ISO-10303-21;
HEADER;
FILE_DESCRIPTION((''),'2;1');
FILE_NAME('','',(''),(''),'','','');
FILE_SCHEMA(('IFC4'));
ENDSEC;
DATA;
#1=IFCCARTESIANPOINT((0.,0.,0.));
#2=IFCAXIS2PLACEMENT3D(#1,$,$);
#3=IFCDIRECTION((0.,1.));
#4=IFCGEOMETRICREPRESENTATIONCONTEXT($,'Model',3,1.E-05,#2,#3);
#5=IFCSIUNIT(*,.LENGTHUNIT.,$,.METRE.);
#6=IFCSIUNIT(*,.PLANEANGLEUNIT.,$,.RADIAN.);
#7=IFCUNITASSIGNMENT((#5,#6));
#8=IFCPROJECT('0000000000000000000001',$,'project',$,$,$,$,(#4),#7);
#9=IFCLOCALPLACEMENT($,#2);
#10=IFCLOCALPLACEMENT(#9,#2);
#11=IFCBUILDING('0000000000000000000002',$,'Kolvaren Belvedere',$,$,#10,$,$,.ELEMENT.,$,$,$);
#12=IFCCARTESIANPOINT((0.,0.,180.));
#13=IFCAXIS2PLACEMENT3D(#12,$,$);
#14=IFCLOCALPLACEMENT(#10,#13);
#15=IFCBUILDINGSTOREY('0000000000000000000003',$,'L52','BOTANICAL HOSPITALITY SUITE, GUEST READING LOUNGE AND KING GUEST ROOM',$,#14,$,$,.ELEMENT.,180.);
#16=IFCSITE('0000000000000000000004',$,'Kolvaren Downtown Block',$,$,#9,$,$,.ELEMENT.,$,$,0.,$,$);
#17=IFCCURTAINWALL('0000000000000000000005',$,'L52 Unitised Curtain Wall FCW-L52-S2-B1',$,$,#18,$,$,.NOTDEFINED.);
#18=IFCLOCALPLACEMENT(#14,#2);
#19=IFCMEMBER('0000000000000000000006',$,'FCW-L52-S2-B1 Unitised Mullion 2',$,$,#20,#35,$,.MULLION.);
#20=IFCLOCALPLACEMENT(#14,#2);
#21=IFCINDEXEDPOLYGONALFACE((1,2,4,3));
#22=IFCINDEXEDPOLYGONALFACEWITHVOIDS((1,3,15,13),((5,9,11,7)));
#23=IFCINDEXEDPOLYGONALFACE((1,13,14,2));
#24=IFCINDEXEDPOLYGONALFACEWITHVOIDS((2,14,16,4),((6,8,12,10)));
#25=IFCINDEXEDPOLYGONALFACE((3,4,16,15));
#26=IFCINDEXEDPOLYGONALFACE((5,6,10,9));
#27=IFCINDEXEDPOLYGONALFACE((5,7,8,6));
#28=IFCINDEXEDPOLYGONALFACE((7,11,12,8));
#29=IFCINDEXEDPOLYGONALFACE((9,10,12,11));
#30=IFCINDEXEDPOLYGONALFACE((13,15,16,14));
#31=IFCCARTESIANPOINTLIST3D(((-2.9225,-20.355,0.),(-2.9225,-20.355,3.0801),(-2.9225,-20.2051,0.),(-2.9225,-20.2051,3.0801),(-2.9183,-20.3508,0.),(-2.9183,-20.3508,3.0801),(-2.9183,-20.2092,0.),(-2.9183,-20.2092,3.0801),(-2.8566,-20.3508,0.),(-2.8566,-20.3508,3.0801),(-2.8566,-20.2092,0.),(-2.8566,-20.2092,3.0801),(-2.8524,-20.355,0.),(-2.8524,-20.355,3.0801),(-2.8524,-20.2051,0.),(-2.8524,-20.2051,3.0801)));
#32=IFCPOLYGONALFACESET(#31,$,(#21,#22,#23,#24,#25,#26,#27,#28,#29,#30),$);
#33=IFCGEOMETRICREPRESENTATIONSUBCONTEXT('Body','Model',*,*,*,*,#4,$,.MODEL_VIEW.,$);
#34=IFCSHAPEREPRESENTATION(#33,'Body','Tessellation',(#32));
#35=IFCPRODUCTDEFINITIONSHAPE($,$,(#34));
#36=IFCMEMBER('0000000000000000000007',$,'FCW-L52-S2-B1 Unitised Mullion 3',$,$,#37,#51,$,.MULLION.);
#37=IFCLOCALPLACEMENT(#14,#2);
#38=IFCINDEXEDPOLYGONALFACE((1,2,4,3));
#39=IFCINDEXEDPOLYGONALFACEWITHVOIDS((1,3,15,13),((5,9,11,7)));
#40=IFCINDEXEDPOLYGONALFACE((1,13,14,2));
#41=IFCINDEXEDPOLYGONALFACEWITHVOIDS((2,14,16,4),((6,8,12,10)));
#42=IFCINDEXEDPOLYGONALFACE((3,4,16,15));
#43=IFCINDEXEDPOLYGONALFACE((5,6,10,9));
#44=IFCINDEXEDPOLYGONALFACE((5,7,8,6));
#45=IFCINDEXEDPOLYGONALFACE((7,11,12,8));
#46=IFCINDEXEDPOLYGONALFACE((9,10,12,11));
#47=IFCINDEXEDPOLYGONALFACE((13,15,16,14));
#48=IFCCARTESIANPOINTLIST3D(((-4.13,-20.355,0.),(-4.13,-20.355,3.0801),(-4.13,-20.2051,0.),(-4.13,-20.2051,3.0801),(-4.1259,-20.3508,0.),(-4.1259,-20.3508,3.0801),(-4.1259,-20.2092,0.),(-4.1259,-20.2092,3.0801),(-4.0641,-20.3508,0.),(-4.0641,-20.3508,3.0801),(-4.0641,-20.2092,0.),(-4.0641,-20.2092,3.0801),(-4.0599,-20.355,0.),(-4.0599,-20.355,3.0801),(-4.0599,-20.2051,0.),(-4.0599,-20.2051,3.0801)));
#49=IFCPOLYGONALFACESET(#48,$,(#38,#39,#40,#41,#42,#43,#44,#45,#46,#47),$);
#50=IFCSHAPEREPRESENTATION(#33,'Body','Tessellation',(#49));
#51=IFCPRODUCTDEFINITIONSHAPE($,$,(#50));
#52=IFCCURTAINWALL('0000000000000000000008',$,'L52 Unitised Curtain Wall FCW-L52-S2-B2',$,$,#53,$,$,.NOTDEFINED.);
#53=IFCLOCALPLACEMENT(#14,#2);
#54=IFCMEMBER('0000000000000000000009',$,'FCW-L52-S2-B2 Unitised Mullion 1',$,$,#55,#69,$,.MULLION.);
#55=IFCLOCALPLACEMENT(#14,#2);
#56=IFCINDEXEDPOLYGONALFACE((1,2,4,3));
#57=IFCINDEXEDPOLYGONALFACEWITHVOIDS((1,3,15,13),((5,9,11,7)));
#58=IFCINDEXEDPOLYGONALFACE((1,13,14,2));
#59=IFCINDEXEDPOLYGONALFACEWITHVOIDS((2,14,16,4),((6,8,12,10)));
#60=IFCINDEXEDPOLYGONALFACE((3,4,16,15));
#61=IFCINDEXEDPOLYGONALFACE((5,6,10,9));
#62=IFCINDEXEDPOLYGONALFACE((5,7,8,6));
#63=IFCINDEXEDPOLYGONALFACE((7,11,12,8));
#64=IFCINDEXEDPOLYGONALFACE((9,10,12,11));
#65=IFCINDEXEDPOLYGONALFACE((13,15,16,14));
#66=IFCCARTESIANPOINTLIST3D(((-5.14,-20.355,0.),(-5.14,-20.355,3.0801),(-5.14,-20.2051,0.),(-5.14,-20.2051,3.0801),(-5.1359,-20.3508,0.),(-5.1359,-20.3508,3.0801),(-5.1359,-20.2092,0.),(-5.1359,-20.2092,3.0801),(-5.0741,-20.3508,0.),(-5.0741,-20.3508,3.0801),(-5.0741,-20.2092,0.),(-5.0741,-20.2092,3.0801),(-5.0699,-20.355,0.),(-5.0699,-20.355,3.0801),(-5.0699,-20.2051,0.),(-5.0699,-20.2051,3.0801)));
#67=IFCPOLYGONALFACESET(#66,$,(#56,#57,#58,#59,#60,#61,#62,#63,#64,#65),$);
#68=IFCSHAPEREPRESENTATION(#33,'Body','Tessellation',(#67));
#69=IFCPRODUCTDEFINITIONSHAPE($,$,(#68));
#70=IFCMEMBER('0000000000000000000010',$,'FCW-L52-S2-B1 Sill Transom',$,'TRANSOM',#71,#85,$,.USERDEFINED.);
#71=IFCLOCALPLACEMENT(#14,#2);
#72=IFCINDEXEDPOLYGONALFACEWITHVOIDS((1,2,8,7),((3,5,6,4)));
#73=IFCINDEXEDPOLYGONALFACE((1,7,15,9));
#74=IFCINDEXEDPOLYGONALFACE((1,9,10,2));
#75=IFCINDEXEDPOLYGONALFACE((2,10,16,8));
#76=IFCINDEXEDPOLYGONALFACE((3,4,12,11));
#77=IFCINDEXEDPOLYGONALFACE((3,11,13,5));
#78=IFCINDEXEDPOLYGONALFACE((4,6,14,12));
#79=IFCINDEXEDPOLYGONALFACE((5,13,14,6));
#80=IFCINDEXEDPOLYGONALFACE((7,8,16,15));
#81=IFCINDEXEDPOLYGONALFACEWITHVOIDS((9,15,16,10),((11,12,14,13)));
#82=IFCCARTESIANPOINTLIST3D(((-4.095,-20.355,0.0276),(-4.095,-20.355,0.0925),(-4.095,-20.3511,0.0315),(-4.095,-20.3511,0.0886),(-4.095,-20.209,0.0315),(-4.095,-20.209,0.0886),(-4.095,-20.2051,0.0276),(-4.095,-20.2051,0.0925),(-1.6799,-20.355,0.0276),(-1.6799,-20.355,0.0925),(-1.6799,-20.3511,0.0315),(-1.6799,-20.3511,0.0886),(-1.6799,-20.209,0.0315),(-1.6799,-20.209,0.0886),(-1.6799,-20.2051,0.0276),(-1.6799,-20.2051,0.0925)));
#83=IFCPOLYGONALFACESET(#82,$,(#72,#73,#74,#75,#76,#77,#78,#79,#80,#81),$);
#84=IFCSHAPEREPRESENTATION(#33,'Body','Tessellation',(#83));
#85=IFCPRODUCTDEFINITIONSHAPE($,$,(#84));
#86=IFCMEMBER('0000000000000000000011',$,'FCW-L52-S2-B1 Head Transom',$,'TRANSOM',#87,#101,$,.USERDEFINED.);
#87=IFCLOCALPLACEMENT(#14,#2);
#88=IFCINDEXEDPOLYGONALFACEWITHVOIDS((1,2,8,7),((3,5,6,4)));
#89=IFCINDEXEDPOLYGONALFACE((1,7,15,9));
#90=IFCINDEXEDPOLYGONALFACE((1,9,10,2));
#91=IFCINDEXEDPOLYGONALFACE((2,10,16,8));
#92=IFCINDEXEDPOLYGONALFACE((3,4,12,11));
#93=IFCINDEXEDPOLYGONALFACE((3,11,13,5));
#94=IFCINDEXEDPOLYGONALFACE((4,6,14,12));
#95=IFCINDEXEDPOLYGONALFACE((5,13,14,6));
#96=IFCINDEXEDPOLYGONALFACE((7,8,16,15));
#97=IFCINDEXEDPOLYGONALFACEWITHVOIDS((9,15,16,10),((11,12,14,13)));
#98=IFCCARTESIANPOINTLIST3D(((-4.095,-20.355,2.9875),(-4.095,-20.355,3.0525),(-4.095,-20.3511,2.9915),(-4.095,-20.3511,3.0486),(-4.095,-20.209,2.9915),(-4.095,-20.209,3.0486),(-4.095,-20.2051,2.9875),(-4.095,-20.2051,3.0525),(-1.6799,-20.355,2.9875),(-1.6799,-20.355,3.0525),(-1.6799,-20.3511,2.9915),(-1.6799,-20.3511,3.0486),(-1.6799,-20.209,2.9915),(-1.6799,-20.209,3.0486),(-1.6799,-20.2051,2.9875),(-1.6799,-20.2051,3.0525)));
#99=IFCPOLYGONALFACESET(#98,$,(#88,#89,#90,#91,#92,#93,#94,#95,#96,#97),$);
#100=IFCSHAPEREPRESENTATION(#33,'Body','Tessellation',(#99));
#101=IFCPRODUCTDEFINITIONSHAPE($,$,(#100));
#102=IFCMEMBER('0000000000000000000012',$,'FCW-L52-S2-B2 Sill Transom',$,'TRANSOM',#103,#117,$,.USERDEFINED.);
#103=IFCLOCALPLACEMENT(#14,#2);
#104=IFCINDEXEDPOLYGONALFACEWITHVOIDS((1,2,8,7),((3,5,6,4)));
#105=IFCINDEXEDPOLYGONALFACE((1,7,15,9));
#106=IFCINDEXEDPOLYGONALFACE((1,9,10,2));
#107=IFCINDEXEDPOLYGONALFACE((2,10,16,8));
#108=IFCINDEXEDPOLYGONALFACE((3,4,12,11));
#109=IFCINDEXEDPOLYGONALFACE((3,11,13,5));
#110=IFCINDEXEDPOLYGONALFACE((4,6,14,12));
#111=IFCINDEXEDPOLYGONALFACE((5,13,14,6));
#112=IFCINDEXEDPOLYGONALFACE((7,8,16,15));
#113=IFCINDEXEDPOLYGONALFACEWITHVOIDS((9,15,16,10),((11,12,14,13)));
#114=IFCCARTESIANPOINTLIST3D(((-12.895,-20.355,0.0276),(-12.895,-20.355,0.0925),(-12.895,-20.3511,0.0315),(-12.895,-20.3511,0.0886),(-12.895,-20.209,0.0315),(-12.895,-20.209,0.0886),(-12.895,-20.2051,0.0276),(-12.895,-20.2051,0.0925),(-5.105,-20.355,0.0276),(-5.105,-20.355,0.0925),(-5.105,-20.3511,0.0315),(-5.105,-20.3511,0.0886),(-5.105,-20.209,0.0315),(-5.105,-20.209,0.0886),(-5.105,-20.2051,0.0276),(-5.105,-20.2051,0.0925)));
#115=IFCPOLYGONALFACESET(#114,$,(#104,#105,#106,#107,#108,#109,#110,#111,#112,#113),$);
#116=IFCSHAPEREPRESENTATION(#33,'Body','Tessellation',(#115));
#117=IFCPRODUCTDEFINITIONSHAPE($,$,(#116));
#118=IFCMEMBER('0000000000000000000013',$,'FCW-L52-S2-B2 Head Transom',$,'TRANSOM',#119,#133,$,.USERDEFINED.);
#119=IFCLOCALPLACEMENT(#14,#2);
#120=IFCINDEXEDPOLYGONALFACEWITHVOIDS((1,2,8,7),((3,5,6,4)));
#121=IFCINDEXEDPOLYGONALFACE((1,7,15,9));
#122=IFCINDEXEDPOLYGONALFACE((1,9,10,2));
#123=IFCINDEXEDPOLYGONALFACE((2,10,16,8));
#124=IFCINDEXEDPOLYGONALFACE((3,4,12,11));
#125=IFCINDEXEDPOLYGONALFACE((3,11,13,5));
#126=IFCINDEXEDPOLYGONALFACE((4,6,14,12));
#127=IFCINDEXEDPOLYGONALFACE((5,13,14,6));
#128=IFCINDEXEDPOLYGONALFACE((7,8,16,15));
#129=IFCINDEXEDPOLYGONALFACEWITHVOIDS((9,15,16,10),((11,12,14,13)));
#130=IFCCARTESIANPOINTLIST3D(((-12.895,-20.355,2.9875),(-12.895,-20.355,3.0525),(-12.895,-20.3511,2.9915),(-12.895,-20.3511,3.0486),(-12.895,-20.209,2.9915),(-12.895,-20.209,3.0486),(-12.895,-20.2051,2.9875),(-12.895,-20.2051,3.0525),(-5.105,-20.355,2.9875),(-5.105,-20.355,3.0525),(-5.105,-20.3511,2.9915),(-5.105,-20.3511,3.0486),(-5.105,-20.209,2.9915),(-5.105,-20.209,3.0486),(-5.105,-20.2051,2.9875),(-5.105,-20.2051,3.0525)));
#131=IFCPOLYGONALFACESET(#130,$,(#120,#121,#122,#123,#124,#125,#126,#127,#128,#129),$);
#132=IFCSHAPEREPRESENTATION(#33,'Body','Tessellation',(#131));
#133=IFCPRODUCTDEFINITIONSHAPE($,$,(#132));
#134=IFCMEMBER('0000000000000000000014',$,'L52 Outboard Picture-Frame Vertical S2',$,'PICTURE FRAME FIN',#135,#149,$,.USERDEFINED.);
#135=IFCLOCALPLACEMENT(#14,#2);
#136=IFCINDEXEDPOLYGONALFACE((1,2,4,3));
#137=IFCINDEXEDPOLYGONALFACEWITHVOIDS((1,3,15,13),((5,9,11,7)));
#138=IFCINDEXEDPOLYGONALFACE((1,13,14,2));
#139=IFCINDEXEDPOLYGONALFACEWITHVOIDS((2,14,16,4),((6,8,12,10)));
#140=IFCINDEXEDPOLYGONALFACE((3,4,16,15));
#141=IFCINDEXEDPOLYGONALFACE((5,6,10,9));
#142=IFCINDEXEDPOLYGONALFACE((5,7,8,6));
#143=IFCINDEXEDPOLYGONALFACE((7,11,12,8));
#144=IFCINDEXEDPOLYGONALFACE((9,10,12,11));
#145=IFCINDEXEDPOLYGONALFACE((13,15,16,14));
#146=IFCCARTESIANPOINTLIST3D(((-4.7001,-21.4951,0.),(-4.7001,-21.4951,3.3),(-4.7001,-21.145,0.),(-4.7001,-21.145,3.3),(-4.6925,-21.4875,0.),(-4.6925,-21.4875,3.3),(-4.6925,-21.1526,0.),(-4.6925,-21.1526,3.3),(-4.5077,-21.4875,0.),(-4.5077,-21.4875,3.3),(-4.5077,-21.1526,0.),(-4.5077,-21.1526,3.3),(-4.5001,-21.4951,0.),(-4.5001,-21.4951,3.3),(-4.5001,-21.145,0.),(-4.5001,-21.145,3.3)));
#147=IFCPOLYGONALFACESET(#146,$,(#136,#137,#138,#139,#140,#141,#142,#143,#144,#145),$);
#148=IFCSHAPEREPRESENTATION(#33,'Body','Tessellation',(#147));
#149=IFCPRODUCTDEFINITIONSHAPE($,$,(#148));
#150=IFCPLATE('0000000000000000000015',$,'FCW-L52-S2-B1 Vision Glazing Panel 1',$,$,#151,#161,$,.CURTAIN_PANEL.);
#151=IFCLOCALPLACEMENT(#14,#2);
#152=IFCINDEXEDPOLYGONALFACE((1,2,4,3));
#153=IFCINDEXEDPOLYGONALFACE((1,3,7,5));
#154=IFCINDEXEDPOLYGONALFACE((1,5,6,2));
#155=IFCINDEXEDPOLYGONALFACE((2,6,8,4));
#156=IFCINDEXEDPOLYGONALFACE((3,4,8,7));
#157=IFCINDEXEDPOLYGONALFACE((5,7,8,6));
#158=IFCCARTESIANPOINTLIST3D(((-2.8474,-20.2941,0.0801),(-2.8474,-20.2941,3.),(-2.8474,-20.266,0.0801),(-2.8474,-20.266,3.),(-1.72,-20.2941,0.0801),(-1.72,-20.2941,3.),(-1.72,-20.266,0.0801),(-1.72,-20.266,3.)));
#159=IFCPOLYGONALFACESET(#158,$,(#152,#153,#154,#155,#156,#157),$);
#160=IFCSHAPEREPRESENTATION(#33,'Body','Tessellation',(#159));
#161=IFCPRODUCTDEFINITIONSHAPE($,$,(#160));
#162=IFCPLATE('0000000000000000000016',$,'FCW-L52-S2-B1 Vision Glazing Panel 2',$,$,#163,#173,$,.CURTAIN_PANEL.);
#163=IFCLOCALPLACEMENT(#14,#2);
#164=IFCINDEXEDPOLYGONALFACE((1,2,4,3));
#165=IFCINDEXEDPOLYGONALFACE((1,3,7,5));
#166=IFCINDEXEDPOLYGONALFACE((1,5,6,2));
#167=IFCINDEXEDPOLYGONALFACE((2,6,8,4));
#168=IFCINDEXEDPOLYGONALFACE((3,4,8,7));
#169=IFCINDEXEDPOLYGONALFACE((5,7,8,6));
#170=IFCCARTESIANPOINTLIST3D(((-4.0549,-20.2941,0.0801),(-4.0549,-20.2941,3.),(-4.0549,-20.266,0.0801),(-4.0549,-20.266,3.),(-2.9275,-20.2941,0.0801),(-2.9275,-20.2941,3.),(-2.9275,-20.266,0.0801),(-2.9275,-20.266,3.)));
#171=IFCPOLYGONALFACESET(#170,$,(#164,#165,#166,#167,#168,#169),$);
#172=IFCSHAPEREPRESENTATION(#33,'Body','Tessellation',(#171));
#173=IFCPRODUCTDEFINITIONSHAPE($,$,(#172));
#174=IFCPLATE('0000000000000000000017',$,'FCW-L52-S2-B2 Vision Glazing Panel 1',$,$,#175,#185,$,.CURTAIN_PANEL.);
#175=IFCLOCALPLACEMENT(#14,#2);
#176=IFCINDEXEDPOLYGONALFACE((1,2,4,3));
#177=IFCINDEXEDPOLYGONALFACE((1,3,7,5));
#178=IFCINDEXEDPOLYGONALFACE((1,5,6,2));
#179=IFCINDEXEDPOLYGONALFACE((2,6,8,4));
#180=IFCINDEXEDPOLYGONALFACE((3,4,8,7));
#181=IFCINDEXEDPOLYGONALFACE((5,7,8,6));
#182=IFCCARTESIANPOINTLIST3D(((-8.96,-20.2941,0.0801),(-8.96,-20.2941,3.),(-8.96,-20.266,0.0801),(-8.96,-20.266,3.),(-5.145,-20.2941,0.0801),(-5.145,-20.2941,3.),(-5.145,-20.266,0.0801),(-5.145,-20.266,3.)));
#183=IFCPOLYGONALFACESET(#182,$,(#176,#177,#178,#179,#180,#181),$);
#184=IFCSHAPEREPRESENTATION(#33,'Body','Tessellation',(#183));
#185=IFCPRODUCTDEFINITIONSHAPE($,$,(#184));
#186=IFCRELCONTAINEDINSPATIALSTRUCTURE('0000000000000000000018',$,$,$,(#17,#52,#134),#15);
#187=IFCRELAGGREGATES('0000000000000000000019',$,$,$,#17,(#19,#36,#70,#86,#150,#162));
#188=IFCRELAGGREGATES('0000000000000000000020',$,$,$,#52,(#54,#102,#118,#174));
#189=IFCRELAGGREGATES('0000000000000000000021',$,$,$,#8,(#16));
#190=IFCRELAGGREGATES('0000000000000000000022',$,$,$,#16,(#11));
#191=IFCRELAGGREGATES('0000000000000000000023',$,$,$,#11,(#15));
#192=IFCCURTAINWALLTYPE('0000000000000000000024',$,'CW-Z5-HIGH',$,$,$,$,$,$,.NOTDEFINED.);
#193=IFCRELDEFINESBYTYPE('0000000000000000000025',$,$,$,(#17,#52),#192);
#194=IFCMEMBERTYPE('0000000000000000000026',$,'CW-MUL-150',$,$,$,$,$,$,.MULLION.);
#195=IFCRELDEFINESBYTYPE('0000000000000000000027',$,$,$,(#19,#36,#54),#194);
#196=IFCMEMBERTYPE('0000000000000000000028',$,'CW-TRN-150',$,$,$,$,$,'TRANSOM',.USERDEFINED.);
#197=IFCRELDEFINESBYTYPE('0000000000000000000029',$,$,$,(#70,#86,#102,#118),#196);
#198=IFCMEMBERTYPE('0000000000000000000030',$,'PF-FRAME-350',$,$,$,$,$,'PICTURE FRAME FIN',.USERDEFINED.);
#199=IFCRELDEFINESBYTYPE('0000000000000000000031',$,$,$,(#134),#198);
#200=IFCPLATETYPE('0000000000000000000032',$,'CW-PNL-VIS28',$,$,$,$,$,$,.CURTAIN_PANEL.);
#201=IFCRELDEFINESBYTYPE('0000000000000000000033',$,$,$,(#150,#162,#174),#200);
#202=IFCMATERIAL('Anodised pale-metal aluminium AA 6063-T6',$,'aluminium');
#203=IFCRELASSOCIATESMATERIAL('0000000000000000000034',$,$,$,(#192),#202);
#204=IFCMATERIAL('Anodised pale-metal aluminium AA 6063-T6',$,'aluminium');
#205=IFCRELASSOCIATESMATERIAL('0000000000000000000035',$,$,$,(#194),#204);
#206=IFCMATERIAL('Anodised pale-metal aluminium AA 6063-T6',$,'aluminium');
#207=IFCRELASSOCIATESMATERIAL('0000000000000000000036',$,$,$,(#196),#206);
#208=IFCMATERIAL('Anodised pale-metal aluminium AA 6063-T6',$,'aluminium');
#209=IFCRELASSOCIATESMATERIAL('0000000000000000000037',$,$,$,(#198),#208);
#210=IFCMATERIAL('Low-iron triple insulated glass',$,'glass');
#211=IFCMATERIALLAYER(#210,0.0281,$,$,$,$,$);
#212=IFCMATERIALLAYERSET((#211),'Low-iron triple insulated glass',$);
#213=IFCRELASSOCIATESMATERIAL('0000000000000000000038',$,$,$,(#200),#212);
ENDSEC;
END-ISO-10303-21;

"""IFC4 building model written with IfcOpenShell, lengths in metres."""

from ifc_helpers import new_model, si_unit, direction, frame, origin, origin_2d, place, context, subcontext, project, spatial, rectangle, hollow_rectangle, extrude, material, layer, layer_set, material_profile, profile_set, type_object, element, aggregate, save


model = new_model("IFC4")

# Units and contexts
model_context = context("Model", 3, precision=1e-05, world=origin(), true_north=direction((0.0, 1.0)))
body_context = subcontext(model_context, "Body", "Model", "MODEL_VIEW")
ifc_project = project(units=[si_unit("LENGTHUNIT", "METRE"), si_unit("PLANEANGLEUNIT", "RADIAN")], contexts=[model_context])

# Site, building, storey
site_placement = place(None, origin())
site = spatial("IfcSite", under=ifc_project, at=site_placement, Name="Kolvaren Downtown Block", CompositionType="ELEMENT", RefElevation=0.0)
building_placement = place(site_placement, origin())
building = spatial("IfcBuilding", under=site, at=building_placement, Name="Kolvaren Belvedere", CompositionType="ELEMENT")
storey_placement = place(building_placement, frame((0.0, 0.0, 180.0)))
storey = spatial("IfcBuildingStorey", under=building, at=storey_placement, Name="L52", Description="BOTANICAL HOSPITALITY SUITE, GUEST READING LOUNGE AND KING GUEST ROOM", CompositionType="ELEMENT", Elevation=180.0)

# Curtain wall, members
ifc_material_1 = material(Name="Anodised pale-metal aluminium AA 6063-T6", Category="aluminium")
curtain_wall_type = type_object("IfcCurtainWallType", Name="CW-Z5-HIGH", PredefinedType="NOTDEFINED", material=ifc_material_1)
curtain_wall_1_placement = place(storey_placement, origin())
curtain_wall_1 = element("IfcCurtainWall", 1, at=curtain_wall_1_placement, inside=storey, type_object=curtain_wall_type, Name="L52 Unitised Curtain Wall FCW-L52-S2-B1", PredefinedType="NOTDEFINED")
ifc_material_2 = material(Name="Anodised pale-metal aluminium AA 6063-T6", Category="aluminium")
ifc_material_profile_1 = material_profile(ifc_material_2, hollow_rectangle(XDim=0.0701, YDim=0.1499, WallThickness=0.0042, at=origin_2d()), Name="ALU-MUL-150X70")
ifc_profile_set_1 = profile_set([ifc_material_profile_1], Name="Anodised pale-metal aluminium AA 6063-T6")
member_type_1 = type_object("IfcMemberType", Name="CW-MUL-150", PredefinedType="MULLION", material=ifc_profile_set_1)
member_1_placement = place(storey_placement, frame((-2.8875, -20.28, 0.0), z_axis=(0.0, 0.0, 1.0), x_axis=(1.0, 0.0, 0.0)))
member_1 = element("IfcMember", 2, at=member_1_placement, type_object=member_type_1, Name="FCW-L52-S2-B1 Unitised Mullion 2", PredefinedType="MULLION", context=body_context, shape_type="SweptSolid", body=[
    extrude(hollow_rectangle(XDim=0.0701, YDim=0.1499, WallThickness=0.0042, at=origin_2d()), origin(), (0.0, 0.0, 1.0), 3.0801),
])
member_2_placement = place(storey_placement, frame((-4.095, -20.28, 0.0), z_axis=(0.0, 0.0, 1.0), x_axis=(1.0, 0.0, 0.0)))
member_2 = element("IfcMember", 3, at=member_2_placement, type_object=member_type_1, Name="FCW-L52-S2-B1 Unitised Mullion 3", PredefinedType="MULLION", context=body_context, shape_type="SweptSolid", body=[
    extrude(hollow_rectangle(XDim=0.0701, YDim=0.1499, WallThickness=0.0042, at=origin_2d()), origin(), (0.0, 0.0, 1.0), 3.0801),
])

# Curtain wall, member
curtain_wall_2_placement = place(storey_placement, origin())
curtain_wall_2 = element("IfcCurtainWall", 4, at=curtain_wall_2_placement, inside=storey, type_object=curtain_wall_type, Name="L52 Unitised Curtain Wall FCW-L52-S2-B2", PredefinedType="NOTDEFINED")
member_3_placement = place(storey_placement, frame((-5.105, -20.28, 0.0), z_axis=(0.0, 0.0, 1.0), x_axis=(1.0, 0.0, 0.0)))
member_3 = element("IfcMember", 5, at=member_3_placement, type_object=member_type_1, Name="FCW-L52-S2-B2 Unitised Mullion 1", PredefinedType="MULLION", context=body_context, shape_type="SweptSolid", body=[
    extrude(hollow_rectangle(XDim=0.0701, YDim=0.1499, WallThickness=0.0042, at=origin_2d()), origin(), (0.0, 0.0, 1.0), 3.0801),
])

# Members
ifc_material_3 = material(Name="Anodised pale-metal aluminium AA 6063-T6", Category="aluminium")
ifc_material_profile_2 = material_profile(ifc_material_3, hollow_rectangle(XDim=0.0649, YDim=0.1499, WallThickness=0.0039, at=origin_2d()), Name="ALU-TRN-150X65")
ifc_profile_set_2 = profile_set([ifc_material_profile_2], Name="Anodised pale-metal aluminium AA 6063-T6")
member_type_2 = type_object("IfcMemberType", Name="CW-TRN-150", ElementType="TRANSOM", PredefinedType="USERDEFINED", material=ifc_profile_set_2)
member_4_placement = place(storey_placement, frame((-1.6799, -20.28, 0.0601), z_axis=(-1.0, 0.0, 0.0), x_axis=(0.0, 0.0, 1.0)))
member_4 = element("IfcMember", 6, at=member_4_placement, type_object=member_type_2, Name="FCW-L52-S2-B1 Sill Transom", ObjectType="TRANSOM", PredefinedType="USERDEFINED", context=body_context, shape_type="SweptSolid", body=[
    extrude(hollow_rectangle(XDim=0.0649, YDim=0.1499, WallThickness=0.0039, at=origin_2d()), origin(), (0.0, 0.0, 1.0), 2.415),
])
member_5_placement = place(storey_placement, frame((-1.6799, -20.28, 3.02), z_axis=(-1.0, 0.0, 0.0), x_axis=(0.0, 0.0, 1.0)))
member_5 = element("IfcMember", 7, at=member_5_placement, type_object=member_type_2, Name="FCW-L52-S2-B1 Head Transom", ObjectType="TRANSOM", PredefinedType="USERDEFINED", context=body_context, shape_type="SweptSolid", body=[
    extrude(hollow_rectangle(XDim=0.0649, YDim=0.1499, WallThickness=0.0039, at=origin_2d()), origin(), (0.0, 0.0, 1.0), 2.415),
])
member_6_placement = place(storey_placement, frame((-5.105, -20.28, 0.0601), z_axis=(-1.0, 0.0, 0.0), x_axis=(0.0, 0.0, 1.0)))
member_6 = element("IfcMember", 8, at=member_6_placement, type_object=member_type_2, Name="FCW-L52-S2-B2 Sill Transom", ObjectType="TRANSOM", PredefinedType="USERDEFINED", context=body_context, shape_type="SweptSolid", body=[
    extrude(hollow_rectangle(XDim=0.0649, YDim=0.1499, WallThickness=0.0039, at=origin_2d()), origin(), (0.0, 0.0, 1.0), 7.79),
])
member_7_placement = place(storey_placement, frame((-5.105, -20.28, 3.02), z_axis=(-1.0, 0.0, 0.0), x_axis=(0.0, 0.0, 1.0)))
member_7 = element("IfcMember", 9, at=member_7_placement, type_object=member_type_2, Name="FCW-L52-S2-B2 Head Transom", ObjectType="TRANSOM", PredefinedType="USERDEFINED", context=body_context, shape_type="SweptSolid", body=[
    extrude(hollow_rectangle(XDim=0.0649, YDim=0.1499, WallThickness=0.0039, at=origin_2d()), origin(), (0.0, 0.0, 1.0), 7.79),
])
ifc_material_4 = material(Name="Anodised pale-metal aluminium AA 6063-T6", Category="aluminium")
ifc_material_profile_3 = material_profile(ifc_material_4, hollow_rectangle(XDim=0.2, YDim=0.3501, WallThickness=0.0076, at=origin_2d()), Name="ALU-PF-350X200")
ifc_profile_set_3 = profile_set([ifc_material_profile_3], Name="Anodised pale-metal aluminium AA 6063-T6")
member_type_3 = type_object("IfcMemberType", Name="PF-FRAME-350", ElementType="PICTURE FRAME FIN", PredefinedType="USERDEFINED", material=ifc_profile_set_3)
member_8_placement = place(storey_placement, frame((-4.6001, -21.3201, 0.0), z_axis=(0.0, 0.0, 1.0), x_axis=(1.0, 0.0, 0.0)))
element("IfcMember", 10, at=member_8_placement, inside=storey, type_object=member_type_3, Name="L52 Outboard Picture-Frame Vertical S2", ObjectType="PICTURE FRAME FIN", PredefinedType="USERDEFINED", context=body_context, shape_type="SweptSolid", body=[
    extrude(hollow_rectangle(XDim=0.2, YDim=0.3501, WallThickness=0.0076, at=origin_2d()), origin(), (0.0, 0.0, 1.0), 3.3),
])

# Plates
ifc_material_5 = material(Name="Low-iron triple insulated glass", Category="glass")
ifc_layer_1 = layer(ifc_material_5, 0.0281)
ifc_layer_set_1 = layer_set([ifc_layer_1], Name="Low-iron triple insulated glass")
plate_type_1 = type_object("IfcPlateType", Name="CW-PNL-VIS28", PredefinedType="CURTAIN_PANEL", material=ifc_layer_set_1)
plate_1_placement = place(storey_placement, frame((-2.2837, -20.28, 0.0801), z_axis=(0.0, 0.0, 1.0), x_axis=(-1.0, 0.0, 0.0)))
plate_1 = element("IfcPlate", 11, at=plate_1_placement, type_object=plate_type_1, Name="FCW-L52-S2-B1 Vision Glazing Panel 1", PredefinedType="CURTAIN_PANEL", context=body_context, shape_type="SweptSolid", body=[
    extrude(rectangle(XDim=1.1274, YDim=0.0281, at=origin_2d()), origin(), (0.0, 0.0, 1.0), 2.9199),
])
plate_2_placement = place(storey_placement, frame((-3.4912, -20.28, 0.0801), z_axis=(0.0, 0.0, 1.0), x_axis=(-1.0, 0.0, 0.0)))
plate_2 = element("IfcPlate", 12, at=plate_2_placement, type_object=plate_type_1, Name="FCW-L52-S2-B1 Vision Glazing Panel 2", PredefinedType="CURTAIN_PANEL", context=body_context, shape_type="SweptSolid", body=[
    extrude(rectangle(XDim=1.1274, YDim=0.0281, at=origin_2d()), origin(), (0.0, 0.0, 1.0), 2.9199),
])
aggregate(curtain_wall_1, [member_1, member_2, member_4, member_5, plate_1, plate_2])
plate_3_placement = place(storey_placement, frame((-7.0525, -20.28, 0.0801), z_axis=(0.0, 0.0, 1.0), x_axis=(-1.0, 0.0, 0.0)))
plate_3 = element("IfcPlate", 13, at=plate_3_placement, type_object=plate_type_1, Name="FCW-L52-S2-B2 Vision Glazing Panel 1", PredefinedType="CURTAIN_PANEL", context=body_context, shape_type="SweptSolid", body=[
    extrude(rectangle(XDim=3.8149, YDim=0.0281, at=origin_2d()), origin(), (0.0, 0.0, 1.0), 2.9199),
])
aggregate(curtain_wall_2, [member_3, member_6, member_7, plate_3])

save(model, "model.ifc")
